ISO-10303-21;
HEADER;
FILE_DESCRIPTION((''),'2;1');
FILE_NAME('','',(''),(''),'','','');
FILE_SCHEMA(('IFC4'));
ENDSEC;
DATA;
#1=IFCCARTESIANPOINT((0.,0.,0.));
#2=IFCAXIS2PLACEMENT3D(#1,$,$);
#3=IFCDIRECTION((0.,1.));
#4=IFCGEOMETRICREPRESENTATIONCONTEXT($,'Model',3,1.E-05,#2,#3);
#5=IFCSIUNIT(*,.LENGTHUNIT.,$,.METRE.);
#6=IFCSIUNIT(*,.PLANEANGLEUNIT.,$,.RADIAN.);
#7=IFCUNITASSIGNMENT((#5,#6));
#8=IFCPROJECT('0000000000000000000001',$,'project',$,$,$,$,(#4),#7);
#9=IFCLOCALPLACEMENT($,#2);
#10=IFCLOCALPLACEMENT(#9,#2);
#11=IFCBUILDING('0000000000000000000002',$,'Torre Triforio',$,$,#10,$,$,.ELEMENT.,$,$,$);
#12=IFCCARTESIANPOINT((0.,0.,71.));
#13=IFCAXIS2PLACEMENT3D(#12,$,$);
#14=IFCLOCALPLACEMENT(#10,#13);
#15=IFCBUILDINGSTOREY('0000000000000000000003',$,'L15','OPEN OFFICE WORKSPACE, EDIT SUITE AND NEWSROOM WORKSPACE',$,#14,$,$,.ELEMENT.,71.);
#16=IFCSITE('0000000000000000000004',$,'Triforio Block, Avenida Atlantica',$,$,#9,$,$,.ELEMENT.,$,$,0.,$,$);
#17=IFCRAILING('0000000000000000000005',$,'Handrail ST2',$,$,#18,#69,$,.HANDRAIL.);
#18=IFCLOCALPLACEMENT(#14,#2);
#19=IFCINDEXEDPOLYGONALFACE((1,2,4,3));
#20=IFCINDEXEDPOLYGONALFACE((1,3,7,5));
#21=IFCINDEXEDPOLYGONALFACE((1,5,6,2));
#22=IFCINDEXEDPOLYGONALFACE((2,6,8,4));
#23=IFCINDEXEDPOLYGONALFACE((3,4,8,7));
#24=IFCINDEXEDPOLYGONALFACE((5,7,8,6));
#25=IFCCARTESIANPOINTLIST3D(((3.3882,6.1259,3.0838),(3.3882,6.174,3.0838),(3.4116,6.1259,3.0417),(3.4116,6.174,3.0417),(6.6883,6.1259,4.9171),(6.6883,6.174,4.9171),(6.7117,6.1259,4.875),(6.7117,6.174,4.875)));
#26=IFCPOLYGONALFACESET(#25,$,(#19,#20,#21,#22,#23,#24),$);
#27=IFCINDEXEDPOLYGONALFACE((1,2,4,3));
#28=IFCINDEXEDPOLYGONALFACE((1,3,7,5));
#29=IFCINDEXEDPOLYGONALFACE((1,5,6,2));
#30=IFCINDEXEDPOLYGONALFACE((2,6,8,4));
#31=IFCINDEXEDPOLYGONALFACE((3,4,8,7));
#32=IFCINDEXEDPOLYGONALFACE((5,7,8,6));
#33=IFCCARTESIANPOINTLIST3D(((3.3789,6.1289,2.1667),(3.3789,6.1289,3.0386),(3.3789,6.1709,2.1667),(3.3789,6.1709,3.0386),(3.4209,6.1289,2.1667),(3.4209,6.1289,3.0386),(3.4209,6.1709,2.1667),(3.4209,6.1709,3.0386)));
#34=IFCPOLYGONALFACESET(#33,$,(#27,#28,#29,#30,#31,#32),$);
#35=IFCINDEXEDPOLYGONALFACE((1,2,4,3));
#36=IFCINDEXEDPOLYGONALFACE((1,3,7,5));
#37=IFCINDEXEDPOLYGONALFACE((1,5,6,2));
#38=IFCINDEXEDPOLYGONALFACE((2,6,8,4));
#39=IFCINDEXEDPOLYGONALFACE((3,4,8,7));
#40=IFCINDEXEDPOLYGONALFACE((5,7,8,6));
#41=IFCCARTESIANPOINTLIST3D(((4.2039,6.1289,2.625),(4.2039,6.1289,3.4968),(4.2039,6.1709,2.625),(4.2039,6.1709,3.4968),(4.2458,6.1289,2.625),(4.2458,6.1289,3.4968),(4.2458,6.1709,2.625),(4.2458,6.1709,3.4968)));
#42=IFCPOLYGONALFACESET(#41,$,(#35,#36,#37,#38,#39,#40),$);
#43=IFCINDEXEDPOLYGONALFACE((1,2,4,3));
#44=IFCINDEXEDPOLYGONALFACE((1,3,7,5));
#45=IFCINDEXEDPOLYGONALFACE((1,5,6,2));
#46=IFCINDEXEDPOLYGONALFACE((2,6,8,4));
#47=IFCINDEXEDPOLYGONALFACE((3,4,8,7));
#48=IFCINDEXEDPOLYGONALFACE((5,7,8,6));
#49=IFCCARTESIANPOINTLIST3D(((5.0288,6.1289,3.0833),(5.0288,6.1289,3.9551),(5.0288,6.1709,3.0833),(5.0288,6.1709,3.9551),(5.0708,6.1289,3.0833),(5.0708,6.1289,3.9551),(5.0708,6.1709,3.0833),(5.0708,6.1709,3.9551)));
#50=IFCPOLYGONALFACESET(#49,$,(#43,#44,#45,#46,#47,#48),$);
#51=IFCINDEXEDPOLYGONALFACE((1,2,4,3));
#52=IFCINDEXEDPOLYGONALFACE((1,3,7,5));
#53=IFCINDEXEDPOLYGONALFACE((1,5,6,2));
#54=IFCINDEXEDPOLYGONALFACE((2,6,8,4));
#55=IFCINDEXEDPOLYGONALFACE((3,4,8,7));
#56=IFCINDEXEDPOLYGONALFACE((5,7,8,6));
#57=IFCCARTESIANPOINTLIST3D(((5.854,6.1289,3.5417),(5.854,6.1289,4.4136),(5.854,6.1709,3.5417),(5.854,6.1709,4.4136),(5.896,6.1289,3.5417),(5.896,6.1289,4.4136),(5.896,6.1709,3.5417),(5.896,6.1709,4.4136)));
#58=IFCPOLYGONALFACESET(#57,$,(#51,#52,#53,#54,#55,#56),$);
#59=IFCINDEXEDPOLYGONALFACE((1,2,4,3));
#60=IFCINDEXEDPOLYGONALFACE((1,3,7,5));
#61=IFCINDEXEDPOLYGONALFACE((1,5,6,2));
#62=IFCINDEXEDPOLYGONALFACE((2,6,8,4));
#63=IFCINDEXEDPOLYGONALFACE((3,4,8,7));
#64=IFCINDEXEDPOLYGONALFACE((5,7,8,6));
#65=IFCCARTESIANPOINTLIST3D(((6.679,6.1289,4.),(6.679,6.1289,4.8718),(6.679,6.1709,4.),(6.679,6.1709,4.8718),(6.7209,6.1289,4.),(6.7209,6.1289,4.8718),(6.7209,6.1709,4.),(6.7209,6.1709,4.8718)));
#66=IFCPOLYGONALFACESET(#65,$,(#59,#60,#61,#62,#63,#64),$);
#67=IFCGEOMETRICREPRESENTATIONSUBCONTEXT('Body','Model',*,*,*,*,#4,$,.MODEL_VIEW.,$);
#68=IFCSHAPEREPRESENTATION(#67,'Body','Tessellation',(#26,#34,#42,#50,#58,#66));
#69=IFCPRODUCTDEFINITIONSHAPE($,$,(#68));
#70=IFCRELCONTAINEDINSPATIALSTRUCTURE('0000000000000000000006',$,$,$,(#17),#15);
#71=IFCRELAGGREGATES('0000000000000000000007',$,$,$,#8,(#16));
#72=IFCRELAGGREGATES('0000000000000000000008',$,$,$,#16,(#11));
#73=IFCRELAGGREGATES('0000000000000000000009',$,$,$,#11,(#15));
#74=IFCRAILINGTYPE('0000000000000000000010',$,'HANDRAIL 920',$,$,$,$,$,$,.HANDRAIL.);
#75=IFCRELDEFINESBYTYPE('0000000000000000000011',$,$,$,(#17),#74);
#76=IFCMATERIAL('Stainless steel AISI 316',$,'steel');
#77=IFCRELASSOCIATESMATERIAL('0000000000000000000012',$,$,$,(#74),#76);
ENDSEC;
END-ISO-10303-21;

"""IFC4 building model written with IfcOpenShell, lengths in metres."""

from ifc_helpers import new_model, si_unit, direction, frame, origin, origin_2d, place, context, subcontext, project, spatial, rectangle, extrude, material, type_object, element, save


model = new_model("IFC4")

# Units and contexts
model_context = context("Model", 3, precision=1e-05, world=origin(), true_north=direction((0.0, 1.0)))
body_context = subcontext(model_context, "Body", "Model", "MODEL_VIEW")
ifc_project = project(units=[si_unit("LENGTHUNIT", "METRE"), si_unit("PLANEANGLEUNIT", "RADIAN")], contexts=[model_context])

# Site, building, storey
site_placement = place(None, origin())
site = spatial("IfcSite", under=ifc_project, at=site_placement, Name="Triforio Block, Avenida Atlantica", CompositionType="ELEMENT", RefElevation=0.0)
building_placement = place(site_placement, origin())
building = spatial("IfcBuilding", under=site, at=building_placement, Name="Torre Triforio", CompositionType="ELEMENT")
storey_placement = place(building_placement, frame((0.0, 0.0, 71.0)))
storey = spatial("IfcBuildingStorey", under=building, at=storey_placement, Name="L15", Description="OPEN OFFICE WORKSPACE, EDIT SUITE AND NEWSROOM WORKSPACE", CompositionType="ELEMENT", Elevation=71.0)

# Railing
ifc_material_1 = material(Name="Stainless steel AISI 316", Category="steel")
railing_type = type_object("IfcRailingType", Name="HANDRAIL 920", PredefinedType="HANDRAIL", material=ifc_material_1)
for number, where, name in (
    (1, (3.3999, 6.1499, 2.1667), "Handrail ST2"),
):
    element("IfcRailing", number, at=place(storey_placement, frame(where)), inside=storey, type_object=railing_type, Name=name, PredefinedType="HANDRAIL", context=body_context, shape_type="SweptSolid", body=[
        extrude(rectangle(XDim=0.0481, YDim=0.0481, at=origin_2d()), frame((0.0, 0.0, 0.896), z_axis=(0.874169, 0.0, 0.485621), x_axis=(0.0, 1.0, 0.0)), (0.0, 0.0, 1.0), 3.7751),
        extrude(rectangle(XDim=0.042, YDim=0.042, at=origin_2d()), origin(), (0.0, 0.0, 1.0), 0.8718),
        extrude(rectangle(XDim=0.042, YDim=0.042, at=origin_2d()), frame((0.825, 0.0, 0.4583)), (0.0, 0.0, 1.0), 0.8718),
        extrude(rectangle(XDim=0.042, YDim=0.042, at=origin_2d()), frame((1.6499, 0.0, 0.9165)), (0.0, 0.0, 1.0), 0.8718),
        extrude(rectangle(XDim=0.042, YDim=0.042, at=origin_2d()), frame((2.4751, 0.0, 1.375)), (0.0, 0.0, 1.0), 0.8718),
        extrude(rectangle(XDim=0.042, YDim=0.042, at=origin_2d()), frame((3.3, 0.0, 1.8333)), (0.0, 0.0, 1.0), 0.8718),
    ])

save(model, "model.ifc")
